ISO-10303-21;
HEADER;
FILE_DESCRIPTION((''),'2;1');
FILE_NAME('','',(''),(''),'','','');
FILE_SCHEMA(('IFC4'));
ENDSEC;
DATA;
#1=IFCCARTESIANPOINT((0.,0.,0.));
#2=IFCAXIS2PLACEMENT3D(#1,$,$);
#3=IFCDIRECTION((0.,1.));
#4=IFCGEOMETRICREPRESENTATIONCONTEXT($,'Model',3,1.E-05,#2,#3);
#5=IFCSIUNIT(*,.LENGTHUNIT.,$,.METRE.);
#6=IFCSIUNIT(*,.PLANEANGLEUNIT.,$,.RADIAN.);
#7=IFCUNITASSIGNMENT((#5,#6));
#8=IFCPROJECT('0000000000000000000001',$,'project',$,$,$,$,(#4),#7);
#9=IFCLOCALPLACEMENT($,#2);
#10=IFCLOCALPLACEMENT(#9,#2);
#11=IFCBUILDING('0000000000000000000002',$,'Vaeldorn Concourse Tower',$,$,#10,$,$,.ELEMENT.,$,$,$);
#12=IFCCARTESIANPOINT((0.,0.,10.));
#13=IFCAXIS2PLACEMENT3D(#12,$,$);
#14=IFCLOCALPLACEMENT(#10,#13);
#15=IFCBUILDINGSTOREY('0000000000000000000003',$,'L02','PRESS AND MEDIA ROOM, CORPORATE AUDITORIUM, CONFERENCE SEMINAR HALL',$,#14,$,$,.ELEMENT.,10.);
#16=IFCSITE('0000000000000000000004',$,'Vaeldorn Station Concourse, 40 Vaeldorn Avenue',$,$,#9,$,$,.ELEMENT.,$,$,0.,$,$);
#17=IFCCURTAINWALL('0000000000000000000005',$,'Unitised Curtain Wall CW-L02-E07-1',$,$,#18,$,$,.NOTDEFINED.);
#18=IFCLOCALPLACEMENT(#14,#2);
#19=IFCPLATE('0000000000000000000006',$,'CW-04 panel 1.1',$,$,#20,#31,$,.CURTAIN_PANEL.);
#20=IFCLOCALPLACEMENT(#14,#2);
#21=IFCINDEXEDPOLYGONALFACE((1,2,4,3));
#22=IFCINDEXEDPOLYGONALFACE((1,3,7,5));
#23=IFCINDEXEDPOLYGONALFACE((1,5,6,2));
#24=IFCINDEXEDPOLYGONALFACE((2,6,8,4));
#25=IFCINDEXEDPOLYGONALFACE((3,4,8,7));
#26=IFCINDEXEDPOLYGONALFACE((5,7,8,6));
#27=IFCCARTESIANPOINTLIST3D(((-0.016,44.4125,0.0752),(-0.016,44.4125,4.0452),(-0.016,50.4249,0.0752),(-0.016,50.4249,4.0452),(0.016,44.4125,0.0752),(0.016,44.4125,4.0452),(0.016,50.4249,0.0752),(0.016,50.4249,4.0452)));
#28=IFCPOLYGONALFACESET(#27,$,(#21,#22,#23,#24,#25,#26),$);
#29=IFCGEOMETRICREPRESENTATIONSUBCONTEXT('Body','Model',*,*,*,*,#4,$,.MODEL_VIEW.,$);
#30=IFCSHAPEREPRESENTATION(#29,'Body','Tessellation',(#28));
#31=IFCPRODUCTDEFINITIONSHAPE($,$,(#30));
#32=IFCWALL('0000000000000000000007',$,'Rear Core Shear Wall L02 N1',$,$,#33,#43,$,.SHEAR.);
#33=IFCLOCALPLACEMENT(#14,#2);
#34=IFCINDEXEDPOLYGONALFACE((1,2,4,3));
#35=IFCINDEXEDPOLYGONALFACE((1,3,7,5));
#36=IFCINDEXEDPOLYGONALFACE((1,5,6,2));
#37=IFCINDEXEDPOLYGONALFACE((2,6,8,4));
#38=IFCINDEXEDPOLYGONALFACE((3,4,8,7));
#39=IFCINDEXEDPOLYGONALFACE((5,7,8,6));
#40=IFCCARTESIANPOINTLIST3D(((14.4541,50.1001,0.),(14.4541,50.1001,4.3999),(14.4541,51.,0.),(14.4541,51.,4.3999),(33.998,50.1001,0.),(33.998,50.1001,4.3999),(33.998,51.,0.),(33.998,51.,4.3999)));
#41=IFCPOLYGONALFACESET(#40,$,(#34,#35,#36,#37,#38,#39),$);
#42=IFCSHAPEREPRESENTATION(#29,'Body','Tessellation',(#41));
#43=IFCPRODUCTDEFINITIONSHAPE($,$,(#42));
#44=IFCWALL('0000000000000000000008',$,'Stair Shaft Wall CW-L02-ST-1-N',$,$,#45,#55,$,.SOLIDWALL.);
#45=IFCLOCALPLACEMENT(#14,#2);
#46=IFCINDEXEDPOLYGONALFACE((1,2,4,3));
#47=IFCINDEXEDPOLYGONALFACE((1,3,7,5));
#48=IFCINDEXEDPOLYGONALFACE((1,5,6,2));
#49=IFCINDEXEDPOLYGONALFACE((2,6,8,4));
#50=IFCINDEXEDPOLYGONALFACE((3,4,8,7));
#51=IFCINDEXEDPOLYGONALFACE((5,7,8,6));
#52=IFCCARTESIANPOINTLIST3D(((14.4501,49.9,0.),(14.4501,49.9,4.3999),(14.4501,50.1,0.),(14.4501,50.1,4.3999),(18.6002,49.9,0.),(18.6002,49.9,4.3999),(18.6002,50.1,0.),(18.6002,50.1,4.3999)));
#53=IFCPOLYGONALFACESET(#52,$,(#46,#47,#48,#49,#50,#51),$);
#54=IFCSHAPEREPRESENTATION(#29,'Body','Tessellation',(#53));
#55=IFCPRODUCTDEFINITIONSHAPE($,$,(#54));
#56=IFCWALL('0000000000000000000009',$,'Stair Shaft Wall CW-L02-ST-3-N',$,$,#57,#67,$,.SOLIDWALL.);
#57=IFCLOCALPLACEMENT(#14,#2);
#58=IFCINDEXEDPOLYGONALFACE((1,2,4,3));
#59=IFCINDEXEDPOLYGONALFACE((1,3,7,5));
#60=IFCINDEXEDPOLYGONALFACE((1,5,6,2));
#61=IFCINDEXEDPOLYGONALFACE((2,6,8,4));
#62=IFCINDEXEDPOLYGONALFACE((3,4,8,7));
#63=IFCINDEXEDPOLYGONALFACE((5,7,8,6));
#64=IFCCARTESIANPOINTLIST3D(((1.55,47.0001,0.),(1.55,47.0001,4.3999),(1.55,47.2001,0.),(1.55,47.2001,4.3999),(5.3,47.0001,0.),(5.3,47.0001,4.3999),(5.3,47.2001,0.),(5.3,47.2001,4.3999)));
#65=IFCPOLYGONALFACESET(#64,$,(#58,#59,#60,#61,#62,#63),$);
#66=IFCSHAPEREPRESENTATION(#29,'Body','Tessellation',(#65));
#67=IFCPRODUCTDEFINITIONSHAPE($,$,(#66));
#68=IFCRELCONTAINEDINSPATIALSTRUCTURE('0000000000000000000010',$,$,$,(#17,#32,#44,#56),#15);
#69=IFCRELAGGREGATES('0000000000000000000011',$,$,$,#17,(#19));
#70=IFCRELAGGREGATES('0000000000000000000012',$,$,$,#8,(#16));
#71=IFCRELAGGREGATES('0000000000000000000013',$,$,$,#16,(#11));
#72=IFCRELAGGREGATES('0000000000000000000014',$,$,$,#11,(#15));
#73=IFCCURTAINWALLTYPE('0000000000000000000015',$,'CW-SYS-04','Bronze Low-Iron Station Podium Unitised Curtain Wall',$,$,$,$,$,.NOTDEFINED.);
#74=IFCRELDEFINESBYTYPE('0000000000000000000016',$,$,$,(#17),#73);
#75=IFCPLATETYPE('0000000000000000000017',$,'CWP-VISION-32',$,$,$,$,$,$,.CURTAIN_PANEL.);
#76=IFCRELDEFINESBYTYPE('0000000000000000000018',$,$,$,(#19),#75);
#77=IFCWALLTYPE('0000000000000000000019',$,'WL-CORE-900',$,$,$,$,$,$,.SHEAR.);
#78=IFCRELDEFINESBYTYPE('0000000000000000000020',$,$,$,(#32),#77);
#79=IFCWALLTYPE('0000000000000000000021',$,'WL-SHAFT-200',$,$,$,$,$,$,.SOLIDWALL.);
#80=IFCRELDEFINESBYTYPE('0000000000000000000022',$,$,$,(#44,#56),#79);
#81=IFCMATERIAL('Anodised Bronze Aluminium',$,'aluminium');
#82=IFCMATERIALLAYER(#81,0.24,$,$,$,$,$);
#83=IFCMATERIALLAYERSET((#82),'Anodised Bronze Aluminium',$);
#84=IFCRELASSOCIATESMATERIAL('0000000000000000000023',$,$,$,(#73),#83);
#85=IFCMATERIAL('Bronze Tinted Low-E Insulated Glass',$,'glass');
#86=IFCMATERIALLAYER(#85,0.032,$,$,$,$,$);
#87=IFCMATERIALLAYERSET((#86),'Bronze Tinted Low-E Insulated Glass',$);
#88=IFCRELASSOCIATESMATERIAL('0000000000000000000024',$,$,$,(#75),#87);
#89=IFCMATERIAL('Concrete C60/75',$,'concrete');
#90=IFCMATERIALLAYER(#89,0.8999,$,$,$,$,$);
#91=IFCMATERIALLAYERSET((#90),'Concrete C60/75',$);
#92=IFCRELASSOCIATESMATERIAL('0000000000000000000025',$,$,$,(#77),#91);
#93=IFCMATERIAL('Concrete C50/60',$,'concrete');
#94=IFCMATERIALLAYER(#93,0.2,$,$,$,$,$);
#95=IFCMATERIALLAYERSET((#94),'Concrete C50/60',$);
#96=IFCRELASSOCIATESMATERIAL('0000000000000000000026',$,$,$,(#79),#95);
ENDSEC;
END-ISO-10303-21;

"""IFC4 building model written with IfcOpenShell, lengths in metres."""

from ifc_helpers import new_model, si_unit, direction, frame, frame_2d, origin, origin_2d, place, context, subcontext, project, spatial, rectangle, extrude, source, transform, mapped, material, layer, layer_set, type_object, element, aggregate, save


model = new_model("IFC4")

# Units and contexts
model_context = context("Model", 3, precision=1e-05, world=origin(), true_north=direction((0.0, 1.0)))
body_context = subcontext(model_context, "Body", "Model", "MODEL_VIEW")
ifc_project = project(units=[si_unit("LENGTHUNIT", "METRE"), si_unit("PLANEANGLEUNIT", "RADIAN")], contexts=[model_context])

# Site, building, storey
site_placement = place(None, origin())
site = spatial("IfcSite", under=ifc_project, at=site_placement, Name="Vaeldorn Station Concourse, 40 Vaeldorn Avenue", CompositionType="ELEMENT", RefElevation=0.0)
building_placement = place(site_placement, origin())
building = spatial("IfcBuilding", under=site, at=building_placement, Name="Vaeldorn Concourse Tower", CompositionType="ELEMENT")
storey_placement = place(building_placement, frame((0.0, 0.0, 10.0)))
storey = spatial("IfcBuildingStorey", under=building, at=storey_placement, Name="L02", Description="PRESS AND MEDIA ROOM, CORPORATE AUDITORIUM, CONFERENCE SEMINAR HALL", CompositionType="ELEMENT", Elevation=10.0)

# Curtain wall
ifc_material_1 = material(Name="Anodised Bronze Aluminium", Category="aluminium")
ifc_layer_1 = layer(ifc_material_1, 0.24)
ifc_layer_set_1 = layer_set([ifc_layer_1], Name="Anodised Bronze Aluminium")
curtain_wall_type = type_object("IfcCurtainWallType", Name="CW-SYS-04", Description="Bronze Low-Iron Station Podium Unitised Curtain Wall", PredefinedType="NOTDEFINED", material=ifc_layer_set_1)
curtain_wall_1_placement = place(storey_placement, origin())
curtain_wall_1 = element("IfcCurtainWall", 1, at=curtain_wall_1_placement, inside=storey, type_object=curtain_wall_type, Name="Unitised Curtain Wall CW-L02-E07-1", PredefinedType="NOTDEFINED")

# Plate
ifc_material_2 = material(Name="Bronze Tinted Low-E Insulated Glass", Category="glass")
ifc_layer_2 = layer(ifc_material_2, 0.032)
ifc_layer_set_2 = layer_set([ifc_layer_2], Name="Bronze Tinted Low-E Insulated Glass")
plate_type = type_object("IfcPlateType", Name="CWP-VISION-32", PredefinedType="CURTAIN_PANEL", material=ifc_layer_set_2)
shared_shape_1 = source(origin(), body_context, "Body", "SweptSolid", [
    extrude(rectangle(XDim=6.0125, YDim=0.032, at=origin_2d()), origin(), (0.0, 0.0, 1.0), 3.97),
])
plate_1_placement = place(storey_placement, frame((0.0, 47.4187, 0.0752), z_axis=(0.0, 0.0, 1.0), x_axis=(0.0, -1.0, 0.0)))
plate_1 = element("IfcPlate", 2, at=plate_1_placement, type_object=plate_type, Name="CW-04 panel 1.1", PredefinedType="CURTAIN_PANEL", context=body_context, shape_type="MappedRepresentation", body=[
    mapped(shared_shape_1, transform((0.0, 0.0, 0.0), scale=1.0)),
])
aggregate(curtain_wall_1, [plate_1])

# Walls
ifc_material_3 = material(Name="Concrete C60/75", Category="concrete")
ifc_layer_3 = layer(ifc_material_3, 0.8999)
ifc_layer_set_3 = layer_set([ifc_layer_3], Name="Concrete C60/75")
wall_type_1 = type_object("IfcWallType", Name="WL-CORE-900", PredefinedType="SHEAR", material=ifc_layer_set_3)
wall_1_placement = place(storey_placement, frame((14.4541, 50.55, 0.0), z_axis=(0.0, 0.0, 1.0), x_axis=(1.0, 0.0, 0.0)))
element("IfcWall", 3, at=wall_1_placement, inside=storey, type_object=wall_type_1, Name="Rear Core Shear Wall L02 N1", PredefinedType="SHEAR", context=body_context, shape_type="SweptSolid", body=[
    extrude(rectangle(XDim=19.5439, YDim=0.8999, at=frame_2d((9.772, 0.0))), origin(), (0.0, 0.0, 1.0), 4.3999),
])
ifc_material_4 = material(Name="Concrete C50/60", Category="concrete")
ifc_layer_4 = layer(ifc_material_4, 0.2)
ifc_layer_set_4 = layer_set([ifc_layer_4], Name="Concrete C50/60")
wall_type_2 = type_object("IfcWallType", Name="WL-SHAFT-200", PredefinedType="SOLIDWALL", material=ifc_layer_set_4)
wall_2_placement = place(storey_placement, frame((14.45, 50.0, 0.0), z_axis=(0.0, 0.0, 1.0), x_axis=(1.0, 0.0, 0.0)))
element("IfcWall", 4, at=wall_2_placement, inside=storey, type_object=wall_type_2, Name="Stair Shaft Wall CW-L02-ST-1-N", PredefinedType="SOLIDWALL", context=body_context, shape_type="SweptSolid", body=[
    extrude(rectangle(XDim=4.1501, YDim=0.2, at=frame_2d((2.0752, 0.0))), origin(), (0.0, 0.0, 1.0), 4.3999),
])
wall_3_placement = place(storey_placement, frame((1.55, 47.1001, 0.0), z_axis=(0.0, 0.0, 1.0), x_axis=(1.0, 0.0, 0.0)))
element("IfcWall", 5, at=wall_3_placement, inside=storey, type_object=wall_type_2, Name="Stair Shaft Wall CW-L02-ST-3-N", PredefinedType="SOLIDWALL", context=body_context, shape_type="SweptSolid", body=[
    extrude(rectangle(XDim=3.75, YDim=0.2, at=frame_2d((1.875, 0.0))), origin(), (0.0, 0.0, 1.0), 4.3999),
])

save(model, "model.ifc")
